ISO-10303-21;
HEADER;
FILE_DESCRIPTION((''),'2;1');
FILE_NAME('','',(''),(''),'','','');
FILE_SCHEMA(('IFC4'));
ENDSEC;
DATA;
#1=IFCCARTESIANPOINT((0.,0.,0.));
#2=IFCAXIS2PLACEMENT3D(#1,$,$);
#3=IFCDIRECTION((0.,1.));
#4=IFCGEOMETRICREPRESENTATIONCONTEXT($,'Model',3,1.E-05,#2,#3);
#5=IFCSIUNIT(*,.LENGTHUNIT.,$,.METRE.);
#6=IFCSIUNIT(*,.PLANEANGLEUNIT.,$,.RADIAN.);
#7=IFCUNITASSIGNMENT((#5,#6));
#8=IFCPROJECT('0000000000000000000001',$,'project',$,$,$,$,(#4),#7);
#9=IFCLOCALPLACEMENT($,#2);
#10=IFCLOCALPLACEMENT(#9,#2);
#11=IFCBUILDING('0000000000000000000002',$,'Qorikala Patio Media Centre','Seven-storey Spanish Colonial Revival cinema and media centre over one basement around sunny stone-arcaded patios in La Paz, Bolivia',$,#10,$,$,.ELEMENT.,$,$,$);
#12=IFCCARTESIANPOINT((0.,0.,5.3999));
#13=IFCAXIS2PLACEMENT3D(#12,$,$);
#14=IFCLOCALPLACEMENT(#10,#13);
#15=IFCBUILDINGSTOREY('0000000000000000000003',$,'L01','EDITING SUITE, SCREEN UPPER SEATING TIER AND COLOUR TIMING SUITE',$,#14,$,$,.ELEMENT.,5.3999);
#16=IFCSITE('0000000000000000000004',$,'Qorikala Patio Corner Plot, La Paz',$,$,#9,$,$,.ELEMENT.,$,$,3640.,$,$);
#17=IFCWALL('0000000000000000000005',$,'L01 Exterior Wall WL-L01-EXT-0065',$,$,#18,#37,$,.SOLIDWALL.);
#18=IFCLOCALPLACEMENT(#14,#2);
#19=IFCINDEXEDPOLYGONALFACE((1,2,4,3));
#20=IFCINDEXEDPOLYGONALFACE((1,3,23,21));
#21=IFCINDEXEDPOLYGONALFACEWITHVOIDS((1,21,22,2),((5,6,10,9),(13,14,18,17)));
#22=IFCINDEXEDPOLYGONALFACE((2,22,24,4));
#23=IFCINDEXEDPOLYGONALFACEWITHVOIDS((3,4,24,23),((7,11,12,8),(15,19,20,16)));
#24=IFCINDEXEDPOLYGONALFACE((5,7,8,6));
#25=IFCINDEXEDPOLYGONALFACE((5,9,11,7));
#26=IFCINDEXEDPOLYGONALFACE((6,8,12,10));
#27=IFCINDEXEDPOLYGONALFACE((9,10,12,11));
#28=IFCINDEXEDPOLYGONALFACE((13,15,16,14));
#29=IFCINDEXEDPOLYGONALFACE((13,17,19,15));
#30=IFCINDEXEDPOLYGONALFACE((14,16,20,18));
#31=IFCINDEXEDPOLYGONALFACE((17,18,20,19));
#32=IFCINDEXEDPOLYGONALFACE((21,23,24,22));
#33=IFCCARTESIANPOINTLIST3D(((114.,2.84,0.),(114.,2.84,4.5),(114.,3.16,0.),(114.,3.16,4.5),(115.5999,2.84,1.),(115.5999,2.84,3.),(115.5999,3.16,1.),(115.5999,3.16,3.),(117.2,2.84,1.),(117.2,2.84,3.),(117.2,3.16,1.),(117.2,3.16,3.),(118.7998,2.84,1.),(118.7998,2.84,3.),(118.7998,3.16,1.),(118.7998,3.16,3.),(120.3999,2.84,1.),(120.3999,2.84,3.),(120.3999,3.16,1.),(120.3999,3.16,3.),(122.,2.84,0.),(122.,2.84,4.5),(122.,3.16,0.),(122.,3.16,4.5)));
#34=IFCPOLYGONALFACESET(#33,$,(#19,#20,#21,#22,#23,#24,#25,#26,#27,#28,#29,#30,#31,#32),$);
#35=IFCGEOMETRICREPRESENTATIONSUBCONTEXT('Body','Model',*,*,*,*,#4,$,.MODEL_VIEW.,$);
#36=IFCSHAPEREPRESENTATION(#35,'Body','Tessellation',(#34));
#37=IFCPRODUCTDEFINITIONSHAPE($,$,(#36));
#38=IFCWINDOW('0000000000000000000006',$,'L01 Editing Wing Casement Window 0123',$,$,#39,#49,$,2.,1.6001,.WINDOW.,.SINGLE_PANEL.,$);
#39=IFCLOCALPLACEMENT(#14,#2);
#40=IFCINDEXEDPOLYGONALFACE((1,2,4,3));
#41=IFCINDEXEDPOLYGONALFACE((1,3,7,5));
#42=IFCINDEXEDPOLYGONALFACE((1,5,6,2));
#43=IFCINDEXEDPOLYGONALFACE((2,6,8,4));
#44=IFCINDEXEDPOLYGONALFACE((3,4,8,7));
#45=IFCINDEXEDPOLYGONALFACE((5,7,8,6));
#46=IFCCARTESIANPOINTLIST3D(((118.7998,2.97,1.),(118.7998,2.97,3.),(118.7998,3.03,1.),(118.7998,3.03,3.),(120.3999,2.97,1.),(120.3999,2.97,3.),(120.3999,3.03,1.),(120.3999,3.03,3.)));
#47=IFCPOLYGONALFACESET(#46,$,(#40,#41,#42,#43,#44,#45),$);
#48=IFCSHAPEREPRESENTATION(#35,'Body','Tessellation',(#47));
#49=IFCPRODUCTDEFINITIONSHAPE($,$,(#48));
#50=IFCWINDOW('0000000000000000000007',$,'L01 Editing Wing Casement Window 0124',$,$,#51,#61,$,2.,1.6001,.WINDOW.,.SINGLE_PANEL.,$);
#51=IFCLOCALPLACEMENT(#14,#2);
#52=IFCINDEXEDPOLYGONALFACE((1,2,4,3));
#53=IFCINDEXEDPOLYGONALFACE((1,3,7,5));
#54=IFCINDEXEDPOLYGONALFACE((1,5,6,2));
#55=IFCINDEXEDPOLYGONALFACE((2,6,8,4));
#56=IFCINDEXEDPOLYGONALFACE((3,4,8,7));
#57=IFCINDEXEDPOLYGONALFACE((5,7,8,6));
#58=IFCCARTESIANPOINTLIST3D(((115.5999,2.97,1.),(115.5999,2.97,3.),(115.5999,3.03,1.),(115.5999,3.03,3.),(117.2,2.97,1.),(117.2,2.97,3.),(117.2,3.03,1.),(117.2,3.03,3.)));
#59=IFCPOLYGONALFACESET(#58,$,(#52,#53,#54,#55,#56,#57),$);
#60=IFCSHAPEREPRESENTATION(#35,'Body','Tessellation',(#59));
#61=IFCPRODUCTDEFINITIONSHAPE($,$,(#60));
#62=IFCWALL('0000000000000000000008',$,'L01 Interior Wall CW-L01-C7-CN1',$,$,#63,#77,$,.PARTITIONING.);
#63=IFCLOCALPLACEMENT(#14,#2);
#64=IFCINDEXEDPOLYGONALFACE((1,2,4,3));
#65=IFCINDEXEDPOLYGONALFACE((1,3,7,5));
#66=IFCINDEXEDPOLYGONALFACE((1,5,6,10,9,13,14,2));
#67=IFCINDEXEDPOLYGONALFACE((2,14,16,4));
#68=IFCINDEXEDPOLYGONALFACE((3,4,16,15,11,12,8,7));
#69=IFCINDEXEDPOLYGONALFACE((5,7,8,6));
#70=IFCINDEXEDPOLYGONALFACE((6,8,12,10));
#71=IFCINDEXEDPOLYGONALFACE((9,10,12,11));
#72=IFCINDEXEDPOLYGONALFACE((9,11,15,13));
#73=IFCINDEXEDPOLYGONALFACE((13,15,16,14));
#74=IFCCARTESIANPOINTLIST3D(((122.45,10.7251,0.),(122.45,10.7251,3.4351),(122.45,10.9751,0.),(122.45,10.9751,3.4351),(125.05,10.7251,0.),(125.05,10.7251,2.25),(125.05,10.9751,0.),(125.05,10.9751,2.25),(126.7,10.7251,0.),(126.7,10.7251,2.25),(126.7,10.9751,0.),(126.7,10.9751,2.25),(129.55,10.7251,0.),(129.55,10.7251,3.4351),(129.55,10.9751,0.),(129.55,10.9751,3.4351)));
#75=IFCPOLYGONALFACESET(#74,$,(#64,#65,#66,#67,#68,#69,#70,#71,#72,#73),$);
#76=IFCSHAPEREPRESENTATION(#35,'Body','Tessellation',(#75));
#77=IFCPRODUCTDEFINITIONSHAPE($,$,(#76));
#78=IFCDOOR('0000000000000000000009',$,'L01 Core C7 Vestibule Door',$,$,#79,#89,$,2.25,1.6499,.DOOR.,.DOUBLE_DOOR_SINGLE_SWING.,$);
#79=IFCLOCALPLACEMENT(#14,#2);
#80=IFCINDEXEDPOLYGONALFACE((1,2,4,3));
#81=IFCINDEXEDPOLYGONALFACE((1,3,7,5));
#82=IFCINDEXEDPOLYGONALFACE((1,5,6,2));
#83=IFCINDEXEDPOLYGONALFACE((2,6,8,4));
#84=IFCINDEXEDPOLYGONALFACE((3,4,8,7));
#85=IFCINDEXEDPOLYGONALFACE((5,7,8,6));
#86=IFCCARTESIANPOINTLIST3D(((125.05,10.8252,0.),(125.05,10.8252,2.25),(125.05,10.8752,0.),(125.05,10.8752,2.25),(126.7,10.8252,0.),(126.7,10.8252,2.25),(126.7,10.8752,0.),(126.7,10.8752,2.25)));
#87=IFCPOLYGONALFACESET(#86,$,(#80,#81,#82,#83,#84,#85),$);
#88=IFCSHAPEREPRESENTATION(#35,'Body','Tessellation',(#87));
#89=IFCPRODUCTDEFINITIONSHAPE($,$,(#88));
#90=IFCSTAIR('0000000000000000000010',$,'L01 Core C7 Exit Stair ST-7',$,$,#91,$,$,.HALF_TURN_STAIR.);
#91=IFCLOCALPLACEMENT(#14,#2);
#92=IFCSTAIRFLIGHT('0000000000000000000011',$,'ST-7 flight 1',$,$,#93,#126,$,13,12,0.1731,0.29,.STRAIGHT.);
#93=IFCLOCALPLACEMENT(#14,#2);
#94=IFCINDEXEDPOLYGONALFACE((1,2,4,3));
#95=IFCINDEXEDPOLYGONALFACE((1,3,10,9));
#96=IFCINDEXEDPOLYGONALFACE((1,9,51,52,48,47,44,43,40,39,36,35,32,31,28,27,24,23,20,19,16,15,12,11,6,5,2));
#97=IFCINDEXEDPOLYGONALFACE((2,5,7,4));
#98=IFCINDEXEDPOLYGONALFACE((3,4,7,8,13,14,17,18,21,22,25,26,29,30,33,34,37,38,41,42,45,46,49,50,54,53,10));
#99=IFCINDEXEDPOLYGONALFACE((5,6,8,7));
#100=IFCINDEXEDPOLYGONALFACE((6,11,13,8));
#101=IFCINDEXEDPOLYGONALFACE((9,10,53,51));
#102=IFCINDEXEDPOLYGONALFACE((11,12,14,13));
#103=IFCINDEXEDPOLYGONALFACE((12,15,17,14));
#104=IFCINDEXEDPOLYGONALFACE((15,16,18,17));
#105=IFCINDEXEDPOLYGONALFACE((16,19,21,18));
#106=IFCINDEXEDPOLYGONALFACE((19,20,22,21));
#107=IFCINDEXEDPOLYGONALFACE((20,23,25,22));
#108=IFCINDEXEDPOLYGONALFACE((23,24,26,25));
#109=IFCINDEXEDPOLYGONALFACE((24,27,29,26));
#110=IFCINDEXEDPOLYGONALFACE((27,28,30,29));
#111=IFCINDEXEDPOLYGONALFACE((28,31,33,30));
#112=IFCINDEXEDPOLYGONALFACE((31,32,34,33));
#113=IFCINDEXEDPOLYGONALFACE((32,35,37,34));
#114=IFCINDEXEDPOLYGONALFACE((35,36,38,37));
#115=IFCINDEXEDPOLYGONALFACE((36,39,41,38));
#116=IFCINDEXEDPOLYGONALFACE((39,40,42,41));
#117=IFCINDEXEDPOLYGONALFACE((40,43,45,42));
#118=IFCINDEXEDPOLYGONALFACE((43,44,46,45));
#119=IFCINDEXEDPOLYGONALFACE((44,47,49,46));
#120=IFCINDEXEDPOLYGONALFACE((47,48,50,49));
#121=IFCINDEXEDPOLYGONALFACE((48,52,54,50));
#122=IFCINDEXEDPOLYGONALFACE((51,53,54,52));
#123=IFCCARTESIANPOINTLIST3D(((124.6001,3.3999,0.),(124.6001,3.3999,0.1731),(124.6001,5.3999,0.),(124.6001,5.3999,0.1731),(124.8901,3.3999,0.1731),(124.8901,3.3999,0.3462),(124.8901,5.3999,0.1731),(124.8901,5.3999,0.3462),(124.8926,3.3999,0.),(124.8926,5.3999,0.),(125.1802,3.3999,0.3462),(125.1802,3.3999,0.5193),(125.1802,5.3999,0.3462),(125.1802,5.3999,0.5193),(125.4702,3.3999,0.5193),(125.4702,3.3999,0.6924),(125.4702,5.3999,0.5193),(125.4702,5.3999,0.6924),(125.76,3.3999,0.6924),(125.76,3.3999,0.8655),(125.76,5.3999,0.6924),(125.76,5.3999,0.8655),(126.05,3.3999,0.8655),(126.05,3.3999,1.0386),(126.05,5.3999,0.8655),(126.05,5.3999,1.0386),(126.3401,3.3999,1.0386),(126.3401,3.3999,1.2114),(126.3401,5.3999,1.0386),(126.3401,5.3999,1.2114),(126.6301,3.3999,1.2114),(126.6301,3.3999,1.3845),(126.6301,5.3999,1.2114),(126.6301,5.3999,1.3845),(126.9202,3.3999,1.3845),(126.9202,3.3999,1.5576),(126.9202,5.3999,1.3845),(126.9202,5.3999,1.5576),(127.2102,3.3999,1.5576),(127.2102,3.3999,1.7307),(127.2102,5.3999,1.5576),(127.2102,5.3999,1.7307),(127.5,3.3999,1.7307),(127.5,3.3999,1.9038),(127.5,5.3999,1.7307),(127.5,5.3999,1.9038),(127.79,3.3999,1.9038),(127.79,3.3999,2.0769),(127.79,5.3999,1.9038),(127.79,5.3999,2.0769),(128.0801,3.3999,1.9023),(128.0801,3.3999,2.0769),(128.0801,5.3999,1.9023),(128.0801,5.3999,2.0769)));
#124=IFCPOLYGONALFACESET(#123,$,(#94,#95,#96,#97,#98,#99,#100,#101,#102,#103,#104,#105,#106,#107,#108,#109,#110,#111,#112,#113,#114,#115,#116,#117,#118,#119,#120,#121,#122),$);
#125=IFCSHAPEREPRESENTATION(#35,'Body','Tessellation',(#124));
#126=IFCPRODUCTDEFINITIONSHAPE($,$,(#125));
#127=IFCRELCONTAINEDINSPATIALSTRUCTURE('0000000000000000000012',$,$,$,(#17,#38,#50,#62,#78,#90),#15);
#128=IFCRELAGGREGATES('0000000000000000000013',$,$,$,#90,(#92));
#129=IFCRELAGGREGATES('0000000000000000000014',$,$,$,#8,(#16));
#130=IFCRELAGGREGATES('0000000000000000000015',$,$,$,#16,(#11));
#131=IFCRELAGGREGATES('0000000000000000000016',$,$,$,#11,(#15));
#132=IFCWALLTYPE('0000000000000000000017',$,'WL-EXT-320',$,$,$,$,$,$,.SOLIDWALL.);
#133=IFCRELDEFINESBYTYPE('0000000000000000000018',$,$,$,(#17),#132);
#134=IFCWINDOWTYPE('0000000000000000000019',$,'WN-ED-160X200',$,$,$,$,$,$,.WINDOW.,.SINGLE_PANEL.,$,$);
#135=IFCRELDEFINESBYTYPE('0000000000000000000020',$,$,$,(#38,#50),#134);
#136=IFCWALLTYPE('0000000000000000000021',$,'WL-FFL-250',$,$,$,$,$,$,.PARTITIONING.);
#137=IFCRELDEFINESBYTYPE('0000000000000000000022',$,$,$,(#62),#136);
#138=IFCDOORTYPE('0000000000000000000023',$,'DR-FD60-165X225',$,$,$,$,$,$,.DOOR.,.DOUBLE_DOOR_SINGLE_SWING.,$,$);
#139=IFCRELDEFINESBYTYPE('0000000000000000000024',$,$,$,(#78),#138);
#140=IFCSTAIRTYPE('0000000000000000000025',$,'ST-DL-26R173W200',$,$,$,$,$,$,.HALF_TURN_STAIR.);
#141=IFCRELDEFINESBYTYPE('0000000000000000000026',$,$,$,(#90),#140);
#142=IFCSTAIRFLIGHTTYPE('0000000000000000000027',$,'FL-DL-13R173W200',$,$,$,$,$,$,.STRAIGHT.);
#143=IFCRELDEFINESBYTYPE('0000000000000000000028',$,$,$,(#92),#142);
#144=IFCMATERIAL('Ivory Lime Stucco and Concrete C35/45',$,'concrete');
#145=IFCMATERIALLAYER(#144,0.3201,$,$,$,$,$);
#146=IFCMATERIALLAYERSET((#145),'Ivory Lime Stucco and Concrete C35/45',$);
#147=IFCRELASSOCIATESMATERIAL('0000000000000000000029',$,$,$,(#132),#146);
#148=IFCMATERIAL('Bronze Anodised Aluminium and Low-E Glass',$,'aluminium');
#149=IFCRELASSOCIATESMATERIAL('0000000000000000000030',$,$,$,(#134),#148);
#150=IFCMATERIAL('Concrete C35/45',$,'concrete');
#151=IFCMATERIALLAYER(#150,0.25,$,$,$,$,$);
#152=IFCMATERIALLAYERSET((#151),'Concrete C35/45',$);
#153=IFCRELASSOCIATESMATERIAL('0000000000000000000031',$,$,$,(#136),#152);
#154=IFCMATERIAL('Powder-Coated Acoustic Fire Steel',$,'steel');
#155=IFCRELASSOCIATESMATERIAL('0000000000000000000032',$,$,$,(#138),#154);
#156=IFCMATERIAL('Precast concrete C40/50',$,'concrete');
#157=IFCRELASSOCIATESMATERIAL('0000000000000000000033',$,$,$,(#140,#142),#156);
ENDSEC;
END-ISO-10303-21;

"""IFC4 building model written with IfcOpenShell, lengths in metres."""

from ifc_helpers import new_model, si_unit, direction, frame, frame_2d, origin, place, context, subcontext, project, spatial, polyline, rectangle, outline, extrude, material, layer, layer_set, type_object, element, fill, aggregate, save


model = new_model("IFC4")

# Units and contexts
model_context = context("Model", 3, precision=1e-05, world=origin(), true_north=direction((0.0, 1.0)))
body_context = subcontext(model_context, "Body", "Model", "MODEL_VIEW")
ifc_project = project(units=[si_unit("LENGTHUNIT", "METRE"), si_unit("PLANEANGLEUNIT", "RADIAN")], contexts=[model_context])

# Site, building, storey
site_placement = place(None, origin())
site = spatial("IfcSite", under=ifc_project, at=site_placement, Name="Qorikala Patio Corner Plot, La Paz", CompositionType="ELEMENT", RefElevation=3640.0)
building_placement = place(site_placement, origin())
building = spatial("IfcBuilding", under=site, at=building_placement, Name="Qorikala Patio Media Centre", Description="Seven-storey Spanish Colonial Revival cinema and media centre over one basement around sunny stone-arcaded patios in La Paz, Bolivia", CompositionType="ELEMENT")
storey_placement = place(building_placement, frame((0.0, 0.0, 5.3999)))
storey = spatial("IfcBuildingStorey", under=building, at=storey_placement, Name="L01", Description="EDITING SUITE, SCREEN UPPER SEATING TIER AND COLOUR TIMING SUITE", CompositionType="ELEMENT", Elevation=5.3999)

# Shared definitions
ifc_material_1 = material(Name="Concrete C35/45", Category="concrete")

# Shared definitions
ifc_material_2 = material(Name="Powder-Coated Acoustic Fire Steel", Category="steel")

# Wall, openings, windows
ifc_material_3 = material(Name="Ivory Lime Stucco and Concrete C35/45", Category="concrete")
ifc_layer_1 = layer(ifc_material_3, 0.3201)
ifc_layer_set_1 = layer_set([ifc_layer_1], Name="Ivory Lime Stucco and Concrete C35/45")
wall_type_1 = type_object("IfcWallType", Name="WL-EXT-320", PredefinedType="SOLIDWALL", material=ifc_layer_set_1)
wall_1_placement = place(storey_placement, frame((122.0, 3.0, 0.0), z_axis=(0.0, 0.0, 1.0), x_axis=(-1.0, 0.0, 0.0)))
wall_1 = element("IfcWall", 1, at=wall_1_placement, inside=storey, type_object=wall_type_1, Name="L01 Exterior Wall WL-L01-EXT-0065", PredefinedType="SOLIDWALL", context=body_context, shape_type="SweptSolid", body=[
    extrude(rectangle(XDim=8.0, YDim=0.3201, at=frame_2d((4.0, 0.0))), origin(), (0.0, 0.0, 1.0), 4.5),
])
opening_1_placement = place(wall_1_placement, frame((1.6001, 0.0, 1.0)))
opening_1 = element("IfcOpeningElement", 2, at=opening_1_placement, cuts=wall_1, PredefinedType="OPENING", context=body_context, shape_type="SweptSolid", body=[
    extrude(rectangle(XDim=1.6001, YDim=2.0, at=frame_2d((0.8, 1.0))), frame((0.0, 0.1699, 0.0), z_axis=(0.0, -1.0, 0.0), x_axis=(1.0, 0.0, 0.0)), (0.0, 0.0, 1.0), 0.3401),
])
opening_2_placement = place(wall_1_placement, frame((4.8, 0.0, 1.0)))
opening_2 = element("IfcOpeningElement", 3, at=opening_2_placement, cuts=wall_1, PredefinedType="OPENING", context=body_context, shape_type="SweptSolid", body=[
    extrude(rectangle(XDim=1.6001, YDim=2.0, at=frame_2d((0.8, 1.0))), frame((0.0, 0.1699, 0.0), z_axis=(0.0, -1.0, 0.0), x_axis=(1.0, 0.0, 0.0)), (0.0, 0.0, 1.0), 0.3401),
])
ifc_material_4 = material(Name="Bronze Anodised Aluminium and Low-E Glass", Category="aluminium")
window_type = type_object("IfcWindowType", Name="WN-ED-160X200", PartitioningType="SINGLE_PANEL", PredefinedType="WINDOW", material=ifc_material_4)
window_1_placement = place(opening_1_placement, origin())
window_1 = element("IfcWindow", 4, at=window_1_placement, inside=storey, type_object=window_type, Name="L01 Editing Wing Casement Window 0123", OverallHeight=2.0, OverallWidth=1.6001, PartitioningType="SINGLE_PANEL", PredefinedType="WINDOW", context=body_context, shape_type="SweptSolid", body=[
    extrude(rectangle(XDim=1.6001, YDim=2.0, at=frame_2d((0.8, 1.0))), frame((0.0, 0.03, 0.0), z_axis=(0.0, -1.0, 0.0), x_axis=(1.0, 0.0, 0.0)), (0.0, 0.0, 1.0), 0.0601),
])
fill(opening_1, window_1)
window_2_placement = place(opening_2_placement, origin())
window_2 = element("IfcWindow", 5, at=window_2_placement, inside=storey, type_object=window_type, Name="L01 Editing Wing Casement Window 0124", OverallHeight=2.0, OverallWidth=1.6001, PartitioningType="SINGLE_PANEL", PredefinedType="WINDOW", context=body_context, shape_type="SweptSolid", body=[
    extrude(rectangle(XDim=1.6001, YDim=2.0, at=frame_2d((0.8, 1.0))), frame((0.0, 0.03, 0.0), z_axis=(0.0, -1.0, 0.0), x_axis=(1.0, 0.0, 0.0)), (0.0, 0.0, 1.0), 0.0601),
])
fill(opening_2, window_2)

# Wall, opening, door
ifc_layer_2 = layer(ifc_material_1, 0.25)
ifc_layer_set_2 = layer_set([ifc_layer_2], Name="Concrete C35/45")
wall_type_2 = type_object("IfcWallType", Name="WL-FFL-250", PredefinedType="PARTITIONING", material=ifc_layer_set_2)
wall_2_placement = place(storey_placement, frame((122.45, 10.8501, 0.0), z_axis=(0.0, 0.0, 1.0), x_axis=(1.0, 0.0, 0.0)))
wall_2 = element("IfcWall", 6, at=wall_2_placement, inside=storey, type_object=wall_type_2, Name="L01 Interior Wall CW-L01-C7-CN1", PredefinedType="PARTITIONING", context=body_context, shape_type="SweptSolid", body=[
    extrude(rectangle(XDim=7.1001, YDim=0.25, at=frame_2d((3.55, 0.0))), origin(), (0.0, 0.0, 1.0), 3.4351),
])
opening_3_placement = place(wall_2_placement, frame((2.6001, 0.0, 0.0)))
opening_3 = element("IfcOpeningElement", 7, at=opening_3_placement, cuts=wall_2, PredefinedType="OPENING", context=body_context, shape_type="SweptSolid", body=[
    extrude(rectangle(XDim=1.6499, YDim=2.25, at=frame_2d((0.825, 1.125))), frame((0.0, 0.135, 0.0), z_axis=(0.0, -1.0, 0.0), x_axis=(1.0, 0.0, 0.0)), (0.0, 0.0, 1.0), 0.27),
])
door_type_1 = type_object("IfcDoorType", Name="DR-FD60-165X225", OperationType="DOUBLE_DOOR_SINGLE_SWING", PredefinedType="DOOR", material=ifc_material_2)
door_1_placement = place(opening_3_placement, frame((1.6499, 0.0, 0.0), z_axis=(0.0, 0.0, 1.0), x_axis=(-1.0, 0.0, 0.0)))
door_1 = element("IfcDoor", 8, at=door_1_placement, inside=storey, type_object=door_type_1, Name="L01 Core C7 Vestibule Door", OperationType="DOUBLE_DOOR_SINGLE_SWING", OverallHeight=2.25, OverallWidth=1.6499, PredefinedType="DOOR", context=body_context, shape_type="SweptSolid", body=[
    extrude(rectangle(XDim=1.6499, YDim=2.25, at=frame_2d((0.825, 1.125))), frame((0.0, 0.0249, 0.0), z_axis=(0.0, -1.0, 0.0), x_axis=(1.0, 0.0, 0.0)), (0.0, 0.0, 1.0), 0.05),
])
fill(opening_3, door_1)

# Stair, stair flight
ifc_material_5 = material(Name="Precast concrete C40/50", Category="concrete")
stair_type = type_object("IfcStairType", Name="ST-DL-26R173W200", PredefinedType="HALF_TURN_STAIR", material=ifc_material_5)
stair_placement = place(storey_placement, origin())
stair = element("IfcStair", 9, at=stair_placement, inside=storey, type_object=stair_type, Name="L01 Core C7 Exit Stair ST-7", PredefinedType="HALF_TURN_STAIR")
stair_flight_type = type_object("IfcStairFlightType", Name="FL-DL-13R173W200", PredefinedType="STRAIGHT", material=ifc_material_5)
stair_flight_placement = place(storey_placement, frame((124.6001, 4.3999, 0.0), z_axis=(0.0, 0.0, 1.0), x_axis=(1.0, 0.0, 0.0)))
stair_flight = element("IfcStairFlight", 10, at=stair_flight_placement, type_object=stair_flight_type, Name="ST-7 flight 1", NumberOfRisers=13, NumberOfTreads=12, PredefinedType="STRAIGHT", RiserHeight=0.1731, TreadLength=0.29, context=body_context, shape_type="SweptSolid", body=[
    extrude(outline(polyline([(0.0, 0.0), (0.0, 0.1731), (0.29, 0.1731), (0.29, 0.3462), (0.5801, 0.3462), (0.5801, 0.5193), (0.8701, 0.5193), (0.8701, 0.6924), (1.1599, 0.6924), (1.1599, 0.8655), (1.45, 0.8655), (1.45, 1.0386), (1.74, 1.0386), (1.74, 1.2114), (2.03, 1.2114), (2.03, 1.3845), (2.3201, 1.3845), (2.3201, 1.5576), (2.6101, 1.5576), (2.6101, 1.7307), (2.8999, 1.7307), (2.8999, 1.9038), (3.1899, 1.9038), (3.1899, 2.0769), (3.48, 2.0769), (3.48, 2.25), (3.48, 1.9023), (0.2925, 0.0), (0.0, 0.0)])), frame((0.0, 1.0, 0.0), z_axis=(0.0, -1.0, 0.0), x_axis=(1.0, 0.0, 0.0)), (0.0, 0.0, 1.0), 2.0),
])
aggregate(stair, [stair_flight])

save(model, "model.ifc")
